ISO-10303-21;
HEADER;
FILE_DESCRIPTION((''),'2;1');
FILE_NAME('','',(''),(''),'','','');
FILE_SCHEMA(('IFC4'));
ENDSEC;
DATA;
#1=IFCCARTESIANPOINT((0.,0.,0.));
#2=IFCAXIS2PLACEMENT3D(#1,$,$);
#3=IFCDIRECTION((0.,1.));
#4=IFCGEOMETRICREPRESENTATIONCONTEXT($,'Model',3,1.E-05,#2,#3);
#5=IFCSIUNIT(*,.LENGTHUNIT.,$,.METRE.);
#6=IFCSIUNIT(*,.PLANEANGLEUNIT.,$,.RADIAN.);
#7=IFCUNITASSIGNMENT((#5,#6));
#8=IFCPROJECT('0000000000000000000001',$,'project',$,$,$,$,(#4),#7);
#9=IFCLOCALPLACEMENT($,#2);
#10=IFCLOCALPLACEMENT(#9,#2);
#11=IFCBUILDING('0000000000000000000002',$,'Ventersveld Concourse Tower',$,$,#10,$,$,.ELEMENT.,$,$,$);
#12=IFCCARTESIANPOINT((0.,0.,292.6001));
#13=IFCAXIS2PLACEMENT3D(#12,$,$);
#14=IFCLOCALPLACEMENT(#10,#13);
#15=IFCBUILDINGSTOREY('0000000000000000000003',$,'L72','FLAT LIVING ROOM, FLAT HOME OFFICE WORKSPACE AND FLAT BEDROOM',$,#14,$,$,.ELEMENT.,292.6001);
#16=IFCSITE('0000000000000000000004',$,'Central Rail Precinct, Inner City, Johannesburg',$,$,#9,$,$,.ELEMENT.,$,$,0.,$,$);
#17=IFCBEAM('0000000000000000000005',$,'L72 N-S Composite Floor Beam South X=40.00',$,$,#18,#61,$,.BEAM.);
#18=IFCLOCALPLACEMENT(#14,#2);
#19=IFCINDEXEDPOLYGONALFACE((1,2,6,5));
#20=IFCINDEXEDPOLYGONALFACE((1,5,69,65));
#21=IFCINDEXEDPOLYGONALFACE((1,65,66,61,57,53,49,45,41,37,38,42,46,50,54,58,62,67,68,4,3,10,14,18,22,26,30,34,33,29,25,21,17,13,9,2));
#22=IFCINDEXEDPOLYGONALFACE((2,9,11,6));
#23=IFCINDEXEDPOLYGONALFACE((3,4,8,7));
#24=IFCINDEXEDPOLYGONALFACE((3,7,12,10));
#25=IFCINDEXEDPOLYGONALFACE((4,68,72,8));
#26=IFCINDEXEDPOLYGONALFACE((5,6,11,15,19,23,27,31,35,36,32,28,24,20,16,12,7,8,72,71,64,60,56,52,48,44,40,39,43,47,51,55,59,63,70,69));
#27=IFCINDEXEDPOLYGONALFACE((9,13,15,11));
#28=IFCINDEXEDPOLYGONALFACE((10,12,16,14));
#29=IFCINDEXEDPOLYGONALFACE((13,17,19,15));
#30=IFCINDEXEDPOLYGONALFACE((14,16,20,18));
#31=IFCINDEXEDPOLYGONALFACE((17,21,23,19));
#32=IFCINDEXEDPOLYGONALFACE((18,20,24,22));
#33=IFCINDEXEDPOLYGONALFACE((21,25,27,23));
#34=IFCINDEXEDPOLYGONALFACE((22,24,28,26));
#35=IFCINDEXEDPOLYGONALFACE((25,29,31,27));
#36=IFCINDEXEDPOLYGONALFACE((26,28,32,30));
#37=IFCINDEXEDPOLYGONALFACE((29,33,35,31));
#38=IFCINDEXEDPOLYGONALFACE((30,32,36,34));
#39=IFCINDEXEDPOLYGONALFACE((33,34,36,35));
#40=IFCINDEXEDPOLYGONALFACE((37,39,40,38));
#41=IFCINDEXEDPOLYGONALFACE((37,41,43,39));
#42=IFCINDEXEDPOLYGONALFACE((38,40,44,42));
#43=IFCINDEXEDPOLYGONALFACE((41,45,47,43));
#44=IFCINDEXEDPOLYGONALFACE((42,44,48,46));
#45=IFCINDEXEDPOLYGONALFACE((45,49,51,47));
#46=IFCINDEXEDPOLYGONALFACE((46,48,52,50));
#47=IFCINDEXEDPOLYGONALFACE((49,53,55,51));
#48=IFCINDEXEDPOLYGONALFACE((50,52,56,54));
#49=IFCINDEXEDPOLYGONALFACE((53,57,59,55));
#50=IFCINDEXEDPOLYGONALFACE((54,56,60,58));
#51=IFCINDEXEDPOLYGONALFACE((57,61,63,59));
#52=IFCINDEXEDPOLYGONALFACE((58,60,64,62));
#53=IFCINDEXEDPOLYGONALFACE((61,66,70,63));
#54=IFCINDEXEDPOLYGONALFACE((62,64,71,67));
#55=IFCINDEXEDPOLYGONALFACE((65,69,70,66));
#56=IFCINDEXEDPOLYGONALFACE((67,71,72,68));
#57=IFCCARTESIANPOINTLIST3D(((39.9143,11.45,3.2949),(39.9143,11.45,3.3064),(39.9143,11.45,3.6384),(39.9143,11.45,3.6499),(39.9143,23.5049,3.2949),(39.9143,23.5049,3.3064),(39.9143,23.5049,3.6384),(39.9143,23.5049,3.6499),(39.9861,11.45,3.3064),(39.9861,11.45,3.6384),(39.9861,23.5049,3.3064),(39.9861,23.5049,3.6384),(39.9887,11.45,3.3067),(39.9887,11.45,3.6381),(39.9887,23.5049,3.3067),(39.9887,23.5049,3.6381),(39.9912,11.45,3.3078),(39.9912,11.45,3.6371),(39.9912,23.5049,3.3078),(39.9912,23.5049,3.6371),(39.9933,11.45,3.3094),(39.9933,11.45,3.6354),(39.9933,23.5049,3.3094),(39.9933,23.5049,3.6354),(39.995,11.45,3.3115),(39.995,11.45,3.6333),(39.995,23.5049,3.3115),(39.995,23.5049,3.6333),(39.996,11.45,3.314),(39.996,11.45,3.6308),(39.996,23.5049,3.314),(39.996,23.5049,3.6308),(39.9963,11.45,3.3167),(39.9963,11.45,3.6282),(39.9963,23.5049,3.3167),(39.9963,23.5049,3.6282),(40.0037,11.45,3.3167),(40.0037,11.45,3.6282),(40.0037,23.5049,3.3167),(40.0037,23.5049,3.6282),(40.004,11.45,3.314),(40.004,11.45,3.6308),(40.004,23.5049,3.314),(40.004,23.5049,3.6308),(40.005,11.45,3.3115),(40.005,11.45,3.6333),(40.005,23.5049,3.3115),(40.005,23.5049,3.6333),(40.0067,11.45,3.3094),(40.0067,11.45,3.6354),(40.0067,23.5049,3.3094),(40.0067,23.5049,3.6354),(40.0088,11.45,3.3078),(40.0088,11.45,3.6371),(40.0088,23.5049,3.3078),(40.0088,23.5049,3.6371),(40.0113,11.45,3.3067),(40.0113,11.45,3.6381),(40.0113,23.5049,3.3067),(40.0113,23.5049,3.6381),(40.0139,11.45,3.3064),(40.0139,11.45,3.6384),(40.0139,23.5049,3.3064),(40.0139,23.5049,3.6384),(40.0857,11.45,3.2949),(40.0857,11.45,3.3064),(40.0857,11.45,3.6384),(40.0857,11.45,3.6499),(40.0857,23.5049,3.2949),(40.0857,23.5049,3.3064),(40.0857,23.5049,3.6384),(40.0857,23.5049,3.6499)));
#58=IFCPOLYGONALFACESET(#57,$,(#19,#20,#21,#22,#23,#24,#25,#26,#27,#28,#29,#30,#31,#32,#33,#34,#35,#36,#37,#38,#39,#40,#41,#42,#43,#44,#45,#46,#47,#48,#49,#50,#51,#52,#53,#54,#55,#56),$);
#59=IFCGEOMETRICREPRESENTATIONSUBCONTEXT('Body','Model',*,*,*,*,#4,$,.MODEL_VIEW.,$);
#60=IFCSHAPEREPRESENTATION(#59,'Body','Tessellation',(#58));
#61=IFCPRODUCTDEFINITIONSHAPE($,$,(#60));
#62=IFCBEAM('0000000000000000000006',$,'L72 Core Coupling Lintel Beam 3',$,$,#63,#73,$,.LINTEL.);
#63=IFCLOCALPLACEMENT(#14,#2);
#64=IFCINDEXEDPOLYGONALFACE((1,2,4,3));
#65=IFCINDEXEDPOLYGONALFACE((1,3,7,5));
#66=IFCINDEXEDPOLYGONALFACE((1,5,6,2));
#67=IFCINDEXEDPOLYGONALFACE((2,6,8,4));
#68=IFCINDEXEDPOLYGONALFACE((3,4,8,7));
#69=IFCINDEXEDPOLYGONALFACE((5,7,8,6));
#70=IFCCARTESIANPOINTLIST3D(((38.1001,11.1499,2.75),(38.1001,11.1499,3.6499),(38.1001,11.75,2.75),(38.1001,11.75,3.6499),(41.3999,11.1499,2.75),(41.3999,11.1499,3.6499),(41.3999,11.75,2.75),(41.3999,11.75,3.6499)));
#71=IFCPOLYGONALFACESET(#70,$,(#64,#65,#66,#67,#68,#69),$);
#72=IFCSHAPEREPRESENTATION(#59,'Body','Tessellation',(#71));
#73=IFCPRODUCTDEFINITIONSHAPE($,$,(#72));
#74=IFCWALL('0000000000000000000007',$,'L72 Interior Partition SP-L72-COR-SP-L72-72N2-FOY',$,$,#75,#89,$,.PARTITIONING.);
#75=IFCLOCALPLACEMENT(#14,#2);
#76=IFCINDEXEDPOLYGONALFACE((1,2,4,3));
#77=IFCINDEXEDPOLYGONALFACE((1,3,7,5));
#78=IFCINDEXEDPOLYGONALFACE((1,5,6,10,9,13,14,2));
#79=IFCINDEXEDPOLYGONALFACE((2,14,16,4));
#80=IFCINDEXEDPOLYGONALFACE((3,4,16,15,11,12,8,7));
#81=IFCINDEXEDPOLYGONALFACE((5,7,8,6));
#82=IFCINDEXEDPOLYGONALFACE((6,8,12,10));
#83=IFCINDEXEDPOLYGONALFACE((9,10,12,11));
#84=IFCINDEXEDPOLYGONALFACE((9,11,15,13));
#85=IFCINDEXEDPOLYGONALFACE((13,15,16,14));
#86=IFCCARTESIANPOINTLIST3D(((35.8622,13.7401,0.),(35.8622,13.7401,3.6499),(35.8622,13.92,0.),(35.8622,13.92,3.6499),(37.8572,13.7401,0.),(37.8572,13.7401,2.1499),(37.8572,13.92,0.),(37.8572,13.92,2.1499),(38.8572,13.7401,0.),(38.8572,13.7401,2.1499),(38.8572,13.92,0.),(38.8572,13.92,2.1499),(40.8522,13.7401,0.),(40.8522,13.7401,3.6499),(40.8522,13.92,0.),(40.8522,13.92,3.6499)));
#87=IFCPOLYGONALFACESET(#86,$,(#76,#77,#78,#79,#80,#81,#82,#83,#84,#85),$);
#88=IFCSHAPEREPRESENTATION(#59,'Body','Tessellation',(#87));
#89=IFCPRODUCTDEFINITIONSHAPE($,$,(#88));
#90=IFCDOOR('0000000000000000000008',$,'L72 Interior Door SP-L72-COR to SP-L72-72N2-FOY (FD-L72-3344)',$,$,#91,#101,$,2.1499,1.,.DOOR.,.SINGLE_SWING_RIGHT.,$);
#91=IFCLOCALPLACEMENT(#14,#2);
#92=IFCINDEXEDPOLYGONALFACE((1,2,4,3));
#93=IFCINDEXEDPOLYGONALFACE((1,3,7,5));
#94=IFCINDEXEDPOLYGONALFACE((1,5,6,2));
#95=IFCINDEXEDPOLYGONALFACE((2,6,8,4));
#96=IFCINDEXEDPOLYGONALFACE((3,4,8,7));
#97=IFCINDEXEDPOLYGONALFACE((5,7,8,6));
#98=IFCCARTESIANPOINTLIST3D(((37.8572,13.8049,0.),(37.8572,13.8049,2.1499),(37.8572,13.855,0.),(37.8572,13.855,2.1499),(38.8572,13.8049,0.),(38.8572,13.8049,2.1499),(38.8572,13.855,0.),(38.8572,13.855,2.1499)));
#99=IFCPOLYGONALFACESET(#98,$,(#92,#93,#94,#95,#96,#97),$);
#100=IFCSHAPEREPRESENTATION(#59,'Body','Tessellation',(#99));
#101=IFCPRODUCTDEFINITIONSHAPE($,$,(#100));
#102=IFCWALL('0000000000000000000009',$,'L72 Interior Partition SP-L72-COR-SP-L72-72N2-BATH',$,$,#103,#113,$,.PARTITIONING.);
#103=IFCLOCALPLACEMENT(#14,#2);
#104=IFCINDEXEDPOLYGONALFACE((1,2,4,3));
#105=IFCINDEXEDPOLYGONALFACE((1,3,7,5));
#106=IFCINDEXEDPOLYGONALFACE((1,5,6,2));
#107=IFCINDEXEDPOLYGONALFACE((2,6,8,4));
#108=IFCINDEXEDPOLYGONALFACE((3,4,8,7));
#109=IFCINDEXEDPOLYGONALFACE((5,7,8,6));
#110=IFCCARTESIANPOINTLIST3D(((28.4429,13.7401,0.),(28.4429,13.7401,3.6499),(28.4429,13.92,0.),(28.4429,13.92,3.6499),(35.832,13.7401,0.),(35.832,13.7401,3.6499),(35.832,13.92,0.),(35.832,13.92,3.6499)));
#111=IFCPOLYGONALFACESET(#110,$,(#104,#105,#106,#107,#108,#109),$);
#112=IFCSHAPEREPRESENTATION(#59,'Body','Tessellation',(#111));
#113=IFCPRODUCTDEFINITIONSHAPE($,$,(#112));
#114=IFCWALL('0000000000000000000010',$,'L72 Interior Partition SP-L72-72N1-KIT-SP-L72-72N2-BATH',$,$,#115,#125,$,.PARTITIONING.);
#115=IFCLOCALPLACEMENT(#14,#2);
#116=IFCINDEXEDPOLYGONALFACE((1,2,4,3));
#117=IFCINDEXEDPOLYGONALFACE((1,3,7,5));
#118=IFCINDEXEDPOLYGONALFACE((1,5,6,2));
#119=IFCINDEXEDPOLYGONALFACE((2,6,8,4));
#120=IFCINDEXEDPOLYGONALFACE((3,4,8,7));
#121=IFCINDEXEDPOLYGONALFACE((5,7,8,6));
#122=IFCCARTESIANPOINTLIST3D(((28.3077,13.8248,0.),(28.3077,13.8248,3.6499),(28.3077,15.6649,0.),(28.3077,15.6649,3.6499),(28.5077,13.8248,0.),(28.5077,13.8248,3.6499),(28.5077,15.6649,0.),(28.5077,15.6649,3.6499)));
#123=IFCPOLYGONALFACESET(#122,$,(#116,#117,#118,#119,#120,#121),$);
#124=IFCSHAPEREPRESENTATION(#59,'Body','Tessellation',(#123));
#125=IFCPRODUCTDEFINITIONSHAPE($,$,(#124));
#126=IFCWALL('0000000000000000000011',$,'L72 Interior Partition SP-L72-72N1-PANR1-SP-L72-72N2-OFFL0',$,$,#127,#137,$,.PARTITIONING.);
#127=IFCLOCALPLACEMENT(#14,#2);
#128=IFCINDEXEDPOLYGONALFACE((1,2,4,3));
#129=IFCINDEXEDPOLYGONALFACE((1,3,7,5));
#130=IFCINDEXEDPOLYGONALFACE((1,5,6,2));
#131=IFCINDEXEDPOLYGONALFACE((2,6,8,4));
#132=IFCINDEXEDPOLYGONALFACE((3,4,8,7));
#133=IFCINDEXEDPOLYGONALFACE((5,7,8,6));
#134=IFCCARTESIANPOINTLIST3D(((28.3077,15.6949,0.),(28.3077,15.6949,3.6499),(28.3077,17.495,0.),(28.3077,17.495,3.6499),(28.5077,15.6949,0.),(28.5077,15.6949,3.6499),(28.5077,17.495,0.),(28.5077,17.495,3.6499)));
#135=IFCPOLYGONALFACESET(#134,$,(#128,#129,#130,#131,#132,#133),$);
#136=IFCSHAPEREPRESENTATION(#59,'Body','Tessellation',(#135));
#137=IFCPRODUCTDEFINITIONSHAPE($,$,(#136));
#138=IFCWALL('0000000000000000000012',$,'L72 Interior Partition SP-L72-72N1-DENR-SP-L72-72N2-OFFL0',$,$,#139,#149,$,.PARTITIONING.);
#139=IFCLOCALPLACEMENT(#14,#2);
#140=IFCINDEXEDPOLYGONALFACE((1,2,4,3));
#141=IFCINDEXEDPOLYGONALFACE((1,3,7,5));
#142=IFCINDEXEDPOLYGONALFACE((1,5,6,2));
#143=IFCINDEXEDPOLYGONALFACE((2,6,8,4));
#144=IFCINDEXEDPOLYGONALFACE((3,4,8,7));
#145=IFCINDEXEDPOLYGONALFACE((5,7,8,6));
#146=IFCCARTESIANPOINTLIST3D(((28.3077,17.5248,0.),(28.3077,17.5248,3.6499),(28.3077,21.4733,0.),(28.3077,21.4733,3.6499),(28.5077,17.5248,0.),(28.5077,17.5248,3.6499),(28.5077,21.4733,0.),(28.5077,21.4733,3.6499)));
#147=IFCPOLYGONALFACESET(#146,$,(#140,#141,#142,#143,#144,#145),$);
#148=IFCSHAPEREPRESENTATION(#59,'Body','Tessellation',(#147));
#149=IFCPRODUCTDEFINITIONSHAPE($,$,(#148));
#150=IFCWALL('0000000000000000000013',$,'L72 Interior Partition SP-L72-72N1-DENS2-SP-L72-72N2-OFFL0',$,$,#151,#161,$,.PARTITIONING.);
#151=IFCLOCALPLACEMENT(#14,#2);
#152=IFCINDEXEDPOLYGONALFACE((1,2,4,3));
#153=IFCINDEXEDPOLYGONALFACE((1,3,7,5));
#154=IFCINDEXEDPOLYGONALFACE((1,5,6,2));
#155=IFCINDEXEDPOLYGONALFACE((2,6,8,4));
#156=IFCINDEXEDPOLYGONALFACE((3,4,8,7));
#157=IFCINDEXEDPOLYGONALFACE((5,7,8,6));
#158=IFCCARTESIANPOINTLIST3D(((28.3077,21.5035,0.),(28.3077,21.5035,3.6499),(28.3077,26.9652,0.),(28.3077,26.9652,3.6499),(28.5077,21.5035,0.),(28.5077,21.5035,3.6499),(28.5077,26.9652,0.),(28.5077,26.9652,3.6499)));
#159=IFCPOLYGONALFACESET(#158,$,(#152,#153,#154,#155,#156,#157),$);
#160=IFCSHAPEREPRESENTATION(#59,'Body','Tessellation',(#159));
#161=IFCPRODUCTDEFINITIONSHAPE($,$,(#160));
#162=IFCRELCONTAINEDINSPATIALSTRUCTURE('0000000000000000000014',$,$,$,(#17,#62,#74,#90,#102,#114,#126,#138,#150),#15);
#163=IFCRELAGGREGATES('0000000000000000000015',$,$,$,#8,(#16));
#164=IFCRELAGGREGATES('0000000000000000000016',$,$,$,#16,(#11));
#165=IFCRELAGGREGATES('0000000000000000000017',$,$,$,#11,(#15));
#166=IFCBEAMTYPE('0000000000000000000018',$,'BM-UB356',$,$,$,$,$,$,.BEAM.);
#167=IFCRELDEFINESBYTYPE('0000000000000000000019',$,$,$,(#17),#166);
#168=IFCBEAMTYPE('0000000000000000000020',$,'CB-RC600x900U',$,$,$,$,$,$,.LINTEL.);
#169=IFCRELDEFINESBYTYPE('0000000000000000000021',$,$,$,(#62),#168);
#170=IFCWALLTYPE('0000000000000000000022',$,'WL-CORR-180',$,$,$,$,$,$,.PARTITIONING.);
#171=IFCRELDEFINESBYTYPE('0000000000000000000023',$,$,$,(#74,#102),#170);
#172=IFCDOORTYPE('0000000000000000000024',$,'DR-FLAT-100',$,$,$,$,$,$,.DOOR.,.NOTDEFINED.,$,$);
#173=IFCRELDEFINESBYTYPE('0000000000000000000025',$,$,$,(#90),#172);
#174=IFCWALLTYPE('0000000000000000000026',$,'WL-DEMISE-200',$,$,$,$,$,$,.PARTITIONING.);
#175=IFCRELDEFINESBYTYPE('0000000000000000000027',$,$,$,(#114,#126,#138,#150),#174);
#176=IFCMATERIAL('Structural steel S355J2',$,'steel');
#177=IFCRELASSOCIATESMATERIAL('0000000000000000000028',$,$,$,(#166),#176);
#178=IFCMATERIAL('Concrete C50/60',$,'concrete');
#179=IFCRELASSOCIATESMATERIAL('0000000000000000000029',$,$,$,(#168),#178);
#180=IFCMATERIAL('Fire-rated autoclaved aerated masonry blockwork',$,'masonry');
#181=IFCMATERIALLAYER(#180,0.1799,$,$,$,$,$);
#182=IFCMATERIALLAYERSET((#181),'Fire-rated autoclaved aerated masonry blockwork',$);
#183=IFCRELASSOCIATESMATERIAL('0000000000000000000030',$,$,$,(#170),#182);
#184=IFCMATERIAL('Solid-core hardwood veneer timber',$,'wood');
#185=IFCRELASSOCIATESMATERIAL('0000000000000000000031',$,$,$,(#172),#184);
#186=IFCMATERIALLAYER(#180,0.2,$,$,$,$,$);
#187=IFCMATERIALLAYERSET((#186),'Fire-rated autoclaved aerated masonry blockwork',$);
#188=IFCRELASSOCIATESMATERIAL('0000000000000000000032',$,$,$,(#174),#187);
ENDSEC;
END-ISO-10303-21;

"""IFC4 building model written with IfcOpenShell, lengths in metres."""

from ifc_helpers import new_model, si_unit, direction, frame, frame_2d, origin, origin_2d, place, context, subcontext, project, spatial, rectangle, i_section, extrude, material, layer, layer_set, material_profile, profile_set, type_object, element, fill, save


model = new_model("IFC4")

# Units and contexts
model_context = context("Model", 3, precision=1e-05, world=origin(), true_north=direction((0.0, 1.0)))
body_context = subcontext(model_context, "Body", "Model", "MODEL_VIEW")
ifc_project = project(units=[si_unit("LENGTHUNIT", "METRE"), si_unit("PLANEANGLEUNIT", "RADIAN")], contexts=[model_context])

# Site, building, storey
site_placement = place(None, origin())
site = spatial("IfcSite", under=ifc_project, at=site_placement, Name="Central Rail Precinct, Inner City, Johannesburg", CompositionType="ELEMENT", RefElevation=0.0)
building_placement = place(site_placement, origin())
building = spatial("IfcBuilding", under=site, at=building_placement, Name="Ventersveld Concourse Tower", CompositionType="ELEMENT")
storey_placement = place(building_placement, frame((0.0, 0.0, 292.6001)))
storey = spatial("IfcBuildingStorey", under=building, at=storey_placement, Name="L72", Description="FLAT LIVING ROOM, FLAT HOME OFFICE WORKSPACE AND FLAT BEDROOM", CompositionType="ELEMENT", Elevation=292.6001)

# Beams
ifc_material_1 = material(Name="Structural steel S355J2", Category="steel")
ifc_material_profile_1 = material_profile(ifc_material_1, i_section(OverallWidth=0.1714, OverallDepth=0.355, WebThickness=0.0073, FlangeThickness=0.0115, FilletRadius=0.0103, at=origin_2d()), Name="UB 356x171x51")
ifc_profile_set_1 = profile_set([ifc_material_profile_1], Name="Structural steel S355J2")
beam_type_1 = type_object("IfcBeamType", Name="BM-UB356", PredefinedType="BEAM", material=ifc_profile_set_1)
beam_1_placement = place(storey_placement, frame((40.0, 11.45, 3.4724), z_axis=(0.0, 1.0, 0.0), x_axis=(-1.0, 0.0, 0.0)))
element("IfcBeam", 1, at=beam_1_placement, inside=storey, type_object=beam_type_1, Name="L72 N-S Composite Floor Beam South X=40.00", PredefinedType="BEAM", context=body_context, shape_type="SweptSolid", body=[
    extrude(i_section(OverallWidth=0.1714, OverallDepth=0.355, WebThickness=0.0073, FlangeThickness=0.0115, FilletRadius=0.0103, at=origin_2d()), origin(), (0.0, 0.0, 1.0), 12.0549),
])
ifc_material_2 = material(Name="Concrete C50/60", Category="concrete")
ifc_material_profile_2 = material_profile(ifc_material_2, rectangle(XDim=0.6001, YDim=0.8999, at=origin_2d()), Name="RC 600x900")
ifc_profile_set_2 = profile_set([ifc_material_profile_2], Name="Concrete C50/60")
beam_type_2 = type_object("IfcBeamType", Name="CB-RC600x900U", PredefinedType="LINTEL", material=ifc_profile_set_2)
beam_2_placement = place(storey_placement, frame((38.1001, 11.45, 3.2), z_axis=(1.0, 0.0, 0.0), x_axis=(0.0, 1.0, 0.0)))
element("IfcBeam", 2, at=beam_2_placement, inside=storey, type_object=beam_type_2, Name="L72 Core Coupling Lintel Beam 3", PredefinedType="LINTEL", context=body_context, shape_type="SweptSolid", body=[
    extrude(rectangle(XDim=0.6001, YDim=0.8999, at=origin_2d()), origin(), (0.0, 0.0, 1.0), 3.2998),
])

# Wall, opening, door
ifc_material_3 = material(Name="Fire-rated autoclaved aerated masonry blockwork", Category="masonry")
ifc_layer_1 = layer(ifc_material_3, 0.1799)
ifc_layer_set_1 = layer_set([ifc_layer_1], Name="Fire-rated autoclaved aerated masonry blockwork")
wall_type_1 = type_object("IfcWallType", Name="WL-CORR-180", PredefinedType="PARTITIONING", material=ifc_layer_set_1)
wall_1_placement = place(storey_placement, frame((35.8621, 13.8301, 0.0), z_axis=(0.0, 0.0, 1.0), x_axis=(1.0, 0.0, 0.0)))
wall_1 = element("IfcWall", 3, at=wall_1_placement, inside=storey, type_object=wall_type_1, Name="L72 Interior Partition SP-L72-COR-SP-L72-72N2-FOY", PredefinedType="PARTITIONING", context=body_context, shape_type="SweptSolid", body=[
    extrude(rectangle(XDim=4.99, YDim=0.1799, at=frame_2d((2.4951, 0.0))), origin(), (0.0, 0.0, 1.0), 3.6499),
])
opening_1_placement = place(wall_1_placement, frame((1.9951, 0.0, 0.0)))
opening_1 = element("IfcOpeningElement", 4, at=opening_1_placement, cuts=wall_1, PredefinedType="OPENING", context=body_context, shape_type="SweptSolid", body=[
    extrude(rectangle(XDim=1.0, YDim=2.1499, at=frame_2d((0.5, 1.075))), frame((0.0, 0.1001, 0.0), z_axis=(0.0, -1.0, 0.0), x_axis=(1.0, 0.0, 0.0)), (0.0, 0.0, 1.0), 0.2),
])
ifc_material_4 = material(Name="Solid-core hardwood veneer timber", Category="wood")
door_type_1 = type_object("IfcDoorType", Name="DR-FLAT-100", OperationType="NOTDEFINED", PredefinedType="DOOR", material=ifc_material_4)
door_1_placement = place(opening_1_placement, origin())
door_1 = element("IfcDoor", 5, at=door_1_placement, inside=storey, type_object=door_type_1, Name="L72 Interior Door SP-L72-COR to SP-L72-72N2-FOY (FD-L72-3344)", OperationType="SINGLE_SWING_RIGHT", OverallHeight=2.1499, OverallWidth=1.0, PredefinedType="DOOR", context=body_context, shape_type="SweptSolid", body=[
    extrude(rectangle(XDim=1.0, YDim=2.1499, at=frame_2d((0.5, 1.075))), frame((0.0, 0.0249, 0.0), z_axis=(0.0, -1.0, 0.0), x_axis=(1.0, 0.0, 0.0)), (0.0, 0.0, 1.0), 0.05),
])
fill(opening_1, door_1)

# Walls
wall_2_placement = place(storey_placement, frame((28.4429, 13.8301, 0.0), z_axis=(0.0, 0.0, 1.0), x_axis=(1.0, 0.0, 0.0)))
element("IfcWall", 6, at=wall_2_placement, inside=storey, type_object=wall_type_1, Name="L72 Interior Partition SP-L72-COR-SP-L72-72N2-BATH", PredefinedType="PARTITIONING", context=body_context, shape_type="SweptSolid", body=[
    extrude(rectangle(XDim=7.3892, YDim=0.1799, at=frame_2d((3.6946, 0.0))), origin(), (0.0, 0.0, 1.0), 3.6499),
])
ifc_layer_2 = layer(ifc_material_3, 0.2)
ifc_layer_set_2 = layer_set([ifc_layer_2], Name="Fire-rated autoclaved aerated masonry blockwork")
wall_type_2 = type_object("IfcWallType", Name="WL-DEMISE-200", PredefinedType="PARTITIONING", material=ifc_layer_set_2)
wall_3_placement = place(storey_placement, frame((28.4077, 13.825, 0.0), z_axis=(0.0, 0.0, 1.0), x_axis=(0.0, 1.0, 0.0)))
element("IfcWall", 7, at=wall_3_placement, inside=storey, type_object=wall_type_2, Name="L72 Interior Partition SP-L72-72N1-KIT-SP-L72-72N2-BATH", PredefinedType="PARTITIONING", context=body_context, shape_type="SweptSolid", body=[
    extrude(rectangle(XDim=1.8401, YDim=0.2, at=frame_2d((0.9199, 0.0))), origin(), (0.0, 0.0, 1.0), 3.6499),
])
wall_4_placement = place(storey_placement, frame((28.4077, 15.6951, 0.0), z_axis=(0.0, 0.0, 1.0), x_axis=(0.0, 1.0, 0.0)))
element("IfcWall", 8, at=wall_4_placement, inside=storey, type_object=wall_type_2, Name="L72 Interior Partition SP-L72-72N1-PANR1-SP-L72-72N2-OFFL0", PredefinedType="PARTITIONING", context=body_context, shape_type="SweptSolid", body=[
    extrude(rectangle(XDim=1.8, YDim=0.2, at=frame_2d((0.8999, 0.0))), origin(), (0.0, 0.0, 1.0), 3.6499),
])
wall_5_placement = place(storey_placement, frame((28.4077, 17.5249, 0.0), z_axis=(0.0, 0.0, 1.0), x_axis=(0.0, 1.0, 0.0)))
element("IfcWall", 9, at=wall_5_placement, inside=storey, type_object=wall_type_2, Name="L72 Interior Partition SP-L72-72N1-DENR-SP-L72-72N2-OFFL0", PredefinedType="PARTITIONING", context=body_context, shape_type="SweptSolid", body=[
    extrude(rectangle(XDim=3.9485, YDim=0.2, at=frame_2d((1.9741, 0.0))), origin(), (0.0, 0.0, 1.0), 3.6499),
])
wall_6_placement = place(storey_placement, frame((28.4077, 21.5034, 0.0), z_axis=(0.0, 0.0, 1.0), x_axis=(0.0, 1.0, 0.0)))
element("IfcWall", 10, at=wall_6_placement, inside=storey, type_object=wall_type_2, Name="L72 Interior Partition SP-L72-72N1-DENS2-SP-L72-72N2-OFFL0", PredefinedType="PARTITIONING", context=body_context, shape_type="SweptSolid", body=[
    extrude(rectangle(XDim=5.4617, YDim=0.2, at=frame_2d((2.731, 0.0))), origin(), (0.0, 0.0, 1.0), 3.6499),
])

save(model, "model.ifc")
